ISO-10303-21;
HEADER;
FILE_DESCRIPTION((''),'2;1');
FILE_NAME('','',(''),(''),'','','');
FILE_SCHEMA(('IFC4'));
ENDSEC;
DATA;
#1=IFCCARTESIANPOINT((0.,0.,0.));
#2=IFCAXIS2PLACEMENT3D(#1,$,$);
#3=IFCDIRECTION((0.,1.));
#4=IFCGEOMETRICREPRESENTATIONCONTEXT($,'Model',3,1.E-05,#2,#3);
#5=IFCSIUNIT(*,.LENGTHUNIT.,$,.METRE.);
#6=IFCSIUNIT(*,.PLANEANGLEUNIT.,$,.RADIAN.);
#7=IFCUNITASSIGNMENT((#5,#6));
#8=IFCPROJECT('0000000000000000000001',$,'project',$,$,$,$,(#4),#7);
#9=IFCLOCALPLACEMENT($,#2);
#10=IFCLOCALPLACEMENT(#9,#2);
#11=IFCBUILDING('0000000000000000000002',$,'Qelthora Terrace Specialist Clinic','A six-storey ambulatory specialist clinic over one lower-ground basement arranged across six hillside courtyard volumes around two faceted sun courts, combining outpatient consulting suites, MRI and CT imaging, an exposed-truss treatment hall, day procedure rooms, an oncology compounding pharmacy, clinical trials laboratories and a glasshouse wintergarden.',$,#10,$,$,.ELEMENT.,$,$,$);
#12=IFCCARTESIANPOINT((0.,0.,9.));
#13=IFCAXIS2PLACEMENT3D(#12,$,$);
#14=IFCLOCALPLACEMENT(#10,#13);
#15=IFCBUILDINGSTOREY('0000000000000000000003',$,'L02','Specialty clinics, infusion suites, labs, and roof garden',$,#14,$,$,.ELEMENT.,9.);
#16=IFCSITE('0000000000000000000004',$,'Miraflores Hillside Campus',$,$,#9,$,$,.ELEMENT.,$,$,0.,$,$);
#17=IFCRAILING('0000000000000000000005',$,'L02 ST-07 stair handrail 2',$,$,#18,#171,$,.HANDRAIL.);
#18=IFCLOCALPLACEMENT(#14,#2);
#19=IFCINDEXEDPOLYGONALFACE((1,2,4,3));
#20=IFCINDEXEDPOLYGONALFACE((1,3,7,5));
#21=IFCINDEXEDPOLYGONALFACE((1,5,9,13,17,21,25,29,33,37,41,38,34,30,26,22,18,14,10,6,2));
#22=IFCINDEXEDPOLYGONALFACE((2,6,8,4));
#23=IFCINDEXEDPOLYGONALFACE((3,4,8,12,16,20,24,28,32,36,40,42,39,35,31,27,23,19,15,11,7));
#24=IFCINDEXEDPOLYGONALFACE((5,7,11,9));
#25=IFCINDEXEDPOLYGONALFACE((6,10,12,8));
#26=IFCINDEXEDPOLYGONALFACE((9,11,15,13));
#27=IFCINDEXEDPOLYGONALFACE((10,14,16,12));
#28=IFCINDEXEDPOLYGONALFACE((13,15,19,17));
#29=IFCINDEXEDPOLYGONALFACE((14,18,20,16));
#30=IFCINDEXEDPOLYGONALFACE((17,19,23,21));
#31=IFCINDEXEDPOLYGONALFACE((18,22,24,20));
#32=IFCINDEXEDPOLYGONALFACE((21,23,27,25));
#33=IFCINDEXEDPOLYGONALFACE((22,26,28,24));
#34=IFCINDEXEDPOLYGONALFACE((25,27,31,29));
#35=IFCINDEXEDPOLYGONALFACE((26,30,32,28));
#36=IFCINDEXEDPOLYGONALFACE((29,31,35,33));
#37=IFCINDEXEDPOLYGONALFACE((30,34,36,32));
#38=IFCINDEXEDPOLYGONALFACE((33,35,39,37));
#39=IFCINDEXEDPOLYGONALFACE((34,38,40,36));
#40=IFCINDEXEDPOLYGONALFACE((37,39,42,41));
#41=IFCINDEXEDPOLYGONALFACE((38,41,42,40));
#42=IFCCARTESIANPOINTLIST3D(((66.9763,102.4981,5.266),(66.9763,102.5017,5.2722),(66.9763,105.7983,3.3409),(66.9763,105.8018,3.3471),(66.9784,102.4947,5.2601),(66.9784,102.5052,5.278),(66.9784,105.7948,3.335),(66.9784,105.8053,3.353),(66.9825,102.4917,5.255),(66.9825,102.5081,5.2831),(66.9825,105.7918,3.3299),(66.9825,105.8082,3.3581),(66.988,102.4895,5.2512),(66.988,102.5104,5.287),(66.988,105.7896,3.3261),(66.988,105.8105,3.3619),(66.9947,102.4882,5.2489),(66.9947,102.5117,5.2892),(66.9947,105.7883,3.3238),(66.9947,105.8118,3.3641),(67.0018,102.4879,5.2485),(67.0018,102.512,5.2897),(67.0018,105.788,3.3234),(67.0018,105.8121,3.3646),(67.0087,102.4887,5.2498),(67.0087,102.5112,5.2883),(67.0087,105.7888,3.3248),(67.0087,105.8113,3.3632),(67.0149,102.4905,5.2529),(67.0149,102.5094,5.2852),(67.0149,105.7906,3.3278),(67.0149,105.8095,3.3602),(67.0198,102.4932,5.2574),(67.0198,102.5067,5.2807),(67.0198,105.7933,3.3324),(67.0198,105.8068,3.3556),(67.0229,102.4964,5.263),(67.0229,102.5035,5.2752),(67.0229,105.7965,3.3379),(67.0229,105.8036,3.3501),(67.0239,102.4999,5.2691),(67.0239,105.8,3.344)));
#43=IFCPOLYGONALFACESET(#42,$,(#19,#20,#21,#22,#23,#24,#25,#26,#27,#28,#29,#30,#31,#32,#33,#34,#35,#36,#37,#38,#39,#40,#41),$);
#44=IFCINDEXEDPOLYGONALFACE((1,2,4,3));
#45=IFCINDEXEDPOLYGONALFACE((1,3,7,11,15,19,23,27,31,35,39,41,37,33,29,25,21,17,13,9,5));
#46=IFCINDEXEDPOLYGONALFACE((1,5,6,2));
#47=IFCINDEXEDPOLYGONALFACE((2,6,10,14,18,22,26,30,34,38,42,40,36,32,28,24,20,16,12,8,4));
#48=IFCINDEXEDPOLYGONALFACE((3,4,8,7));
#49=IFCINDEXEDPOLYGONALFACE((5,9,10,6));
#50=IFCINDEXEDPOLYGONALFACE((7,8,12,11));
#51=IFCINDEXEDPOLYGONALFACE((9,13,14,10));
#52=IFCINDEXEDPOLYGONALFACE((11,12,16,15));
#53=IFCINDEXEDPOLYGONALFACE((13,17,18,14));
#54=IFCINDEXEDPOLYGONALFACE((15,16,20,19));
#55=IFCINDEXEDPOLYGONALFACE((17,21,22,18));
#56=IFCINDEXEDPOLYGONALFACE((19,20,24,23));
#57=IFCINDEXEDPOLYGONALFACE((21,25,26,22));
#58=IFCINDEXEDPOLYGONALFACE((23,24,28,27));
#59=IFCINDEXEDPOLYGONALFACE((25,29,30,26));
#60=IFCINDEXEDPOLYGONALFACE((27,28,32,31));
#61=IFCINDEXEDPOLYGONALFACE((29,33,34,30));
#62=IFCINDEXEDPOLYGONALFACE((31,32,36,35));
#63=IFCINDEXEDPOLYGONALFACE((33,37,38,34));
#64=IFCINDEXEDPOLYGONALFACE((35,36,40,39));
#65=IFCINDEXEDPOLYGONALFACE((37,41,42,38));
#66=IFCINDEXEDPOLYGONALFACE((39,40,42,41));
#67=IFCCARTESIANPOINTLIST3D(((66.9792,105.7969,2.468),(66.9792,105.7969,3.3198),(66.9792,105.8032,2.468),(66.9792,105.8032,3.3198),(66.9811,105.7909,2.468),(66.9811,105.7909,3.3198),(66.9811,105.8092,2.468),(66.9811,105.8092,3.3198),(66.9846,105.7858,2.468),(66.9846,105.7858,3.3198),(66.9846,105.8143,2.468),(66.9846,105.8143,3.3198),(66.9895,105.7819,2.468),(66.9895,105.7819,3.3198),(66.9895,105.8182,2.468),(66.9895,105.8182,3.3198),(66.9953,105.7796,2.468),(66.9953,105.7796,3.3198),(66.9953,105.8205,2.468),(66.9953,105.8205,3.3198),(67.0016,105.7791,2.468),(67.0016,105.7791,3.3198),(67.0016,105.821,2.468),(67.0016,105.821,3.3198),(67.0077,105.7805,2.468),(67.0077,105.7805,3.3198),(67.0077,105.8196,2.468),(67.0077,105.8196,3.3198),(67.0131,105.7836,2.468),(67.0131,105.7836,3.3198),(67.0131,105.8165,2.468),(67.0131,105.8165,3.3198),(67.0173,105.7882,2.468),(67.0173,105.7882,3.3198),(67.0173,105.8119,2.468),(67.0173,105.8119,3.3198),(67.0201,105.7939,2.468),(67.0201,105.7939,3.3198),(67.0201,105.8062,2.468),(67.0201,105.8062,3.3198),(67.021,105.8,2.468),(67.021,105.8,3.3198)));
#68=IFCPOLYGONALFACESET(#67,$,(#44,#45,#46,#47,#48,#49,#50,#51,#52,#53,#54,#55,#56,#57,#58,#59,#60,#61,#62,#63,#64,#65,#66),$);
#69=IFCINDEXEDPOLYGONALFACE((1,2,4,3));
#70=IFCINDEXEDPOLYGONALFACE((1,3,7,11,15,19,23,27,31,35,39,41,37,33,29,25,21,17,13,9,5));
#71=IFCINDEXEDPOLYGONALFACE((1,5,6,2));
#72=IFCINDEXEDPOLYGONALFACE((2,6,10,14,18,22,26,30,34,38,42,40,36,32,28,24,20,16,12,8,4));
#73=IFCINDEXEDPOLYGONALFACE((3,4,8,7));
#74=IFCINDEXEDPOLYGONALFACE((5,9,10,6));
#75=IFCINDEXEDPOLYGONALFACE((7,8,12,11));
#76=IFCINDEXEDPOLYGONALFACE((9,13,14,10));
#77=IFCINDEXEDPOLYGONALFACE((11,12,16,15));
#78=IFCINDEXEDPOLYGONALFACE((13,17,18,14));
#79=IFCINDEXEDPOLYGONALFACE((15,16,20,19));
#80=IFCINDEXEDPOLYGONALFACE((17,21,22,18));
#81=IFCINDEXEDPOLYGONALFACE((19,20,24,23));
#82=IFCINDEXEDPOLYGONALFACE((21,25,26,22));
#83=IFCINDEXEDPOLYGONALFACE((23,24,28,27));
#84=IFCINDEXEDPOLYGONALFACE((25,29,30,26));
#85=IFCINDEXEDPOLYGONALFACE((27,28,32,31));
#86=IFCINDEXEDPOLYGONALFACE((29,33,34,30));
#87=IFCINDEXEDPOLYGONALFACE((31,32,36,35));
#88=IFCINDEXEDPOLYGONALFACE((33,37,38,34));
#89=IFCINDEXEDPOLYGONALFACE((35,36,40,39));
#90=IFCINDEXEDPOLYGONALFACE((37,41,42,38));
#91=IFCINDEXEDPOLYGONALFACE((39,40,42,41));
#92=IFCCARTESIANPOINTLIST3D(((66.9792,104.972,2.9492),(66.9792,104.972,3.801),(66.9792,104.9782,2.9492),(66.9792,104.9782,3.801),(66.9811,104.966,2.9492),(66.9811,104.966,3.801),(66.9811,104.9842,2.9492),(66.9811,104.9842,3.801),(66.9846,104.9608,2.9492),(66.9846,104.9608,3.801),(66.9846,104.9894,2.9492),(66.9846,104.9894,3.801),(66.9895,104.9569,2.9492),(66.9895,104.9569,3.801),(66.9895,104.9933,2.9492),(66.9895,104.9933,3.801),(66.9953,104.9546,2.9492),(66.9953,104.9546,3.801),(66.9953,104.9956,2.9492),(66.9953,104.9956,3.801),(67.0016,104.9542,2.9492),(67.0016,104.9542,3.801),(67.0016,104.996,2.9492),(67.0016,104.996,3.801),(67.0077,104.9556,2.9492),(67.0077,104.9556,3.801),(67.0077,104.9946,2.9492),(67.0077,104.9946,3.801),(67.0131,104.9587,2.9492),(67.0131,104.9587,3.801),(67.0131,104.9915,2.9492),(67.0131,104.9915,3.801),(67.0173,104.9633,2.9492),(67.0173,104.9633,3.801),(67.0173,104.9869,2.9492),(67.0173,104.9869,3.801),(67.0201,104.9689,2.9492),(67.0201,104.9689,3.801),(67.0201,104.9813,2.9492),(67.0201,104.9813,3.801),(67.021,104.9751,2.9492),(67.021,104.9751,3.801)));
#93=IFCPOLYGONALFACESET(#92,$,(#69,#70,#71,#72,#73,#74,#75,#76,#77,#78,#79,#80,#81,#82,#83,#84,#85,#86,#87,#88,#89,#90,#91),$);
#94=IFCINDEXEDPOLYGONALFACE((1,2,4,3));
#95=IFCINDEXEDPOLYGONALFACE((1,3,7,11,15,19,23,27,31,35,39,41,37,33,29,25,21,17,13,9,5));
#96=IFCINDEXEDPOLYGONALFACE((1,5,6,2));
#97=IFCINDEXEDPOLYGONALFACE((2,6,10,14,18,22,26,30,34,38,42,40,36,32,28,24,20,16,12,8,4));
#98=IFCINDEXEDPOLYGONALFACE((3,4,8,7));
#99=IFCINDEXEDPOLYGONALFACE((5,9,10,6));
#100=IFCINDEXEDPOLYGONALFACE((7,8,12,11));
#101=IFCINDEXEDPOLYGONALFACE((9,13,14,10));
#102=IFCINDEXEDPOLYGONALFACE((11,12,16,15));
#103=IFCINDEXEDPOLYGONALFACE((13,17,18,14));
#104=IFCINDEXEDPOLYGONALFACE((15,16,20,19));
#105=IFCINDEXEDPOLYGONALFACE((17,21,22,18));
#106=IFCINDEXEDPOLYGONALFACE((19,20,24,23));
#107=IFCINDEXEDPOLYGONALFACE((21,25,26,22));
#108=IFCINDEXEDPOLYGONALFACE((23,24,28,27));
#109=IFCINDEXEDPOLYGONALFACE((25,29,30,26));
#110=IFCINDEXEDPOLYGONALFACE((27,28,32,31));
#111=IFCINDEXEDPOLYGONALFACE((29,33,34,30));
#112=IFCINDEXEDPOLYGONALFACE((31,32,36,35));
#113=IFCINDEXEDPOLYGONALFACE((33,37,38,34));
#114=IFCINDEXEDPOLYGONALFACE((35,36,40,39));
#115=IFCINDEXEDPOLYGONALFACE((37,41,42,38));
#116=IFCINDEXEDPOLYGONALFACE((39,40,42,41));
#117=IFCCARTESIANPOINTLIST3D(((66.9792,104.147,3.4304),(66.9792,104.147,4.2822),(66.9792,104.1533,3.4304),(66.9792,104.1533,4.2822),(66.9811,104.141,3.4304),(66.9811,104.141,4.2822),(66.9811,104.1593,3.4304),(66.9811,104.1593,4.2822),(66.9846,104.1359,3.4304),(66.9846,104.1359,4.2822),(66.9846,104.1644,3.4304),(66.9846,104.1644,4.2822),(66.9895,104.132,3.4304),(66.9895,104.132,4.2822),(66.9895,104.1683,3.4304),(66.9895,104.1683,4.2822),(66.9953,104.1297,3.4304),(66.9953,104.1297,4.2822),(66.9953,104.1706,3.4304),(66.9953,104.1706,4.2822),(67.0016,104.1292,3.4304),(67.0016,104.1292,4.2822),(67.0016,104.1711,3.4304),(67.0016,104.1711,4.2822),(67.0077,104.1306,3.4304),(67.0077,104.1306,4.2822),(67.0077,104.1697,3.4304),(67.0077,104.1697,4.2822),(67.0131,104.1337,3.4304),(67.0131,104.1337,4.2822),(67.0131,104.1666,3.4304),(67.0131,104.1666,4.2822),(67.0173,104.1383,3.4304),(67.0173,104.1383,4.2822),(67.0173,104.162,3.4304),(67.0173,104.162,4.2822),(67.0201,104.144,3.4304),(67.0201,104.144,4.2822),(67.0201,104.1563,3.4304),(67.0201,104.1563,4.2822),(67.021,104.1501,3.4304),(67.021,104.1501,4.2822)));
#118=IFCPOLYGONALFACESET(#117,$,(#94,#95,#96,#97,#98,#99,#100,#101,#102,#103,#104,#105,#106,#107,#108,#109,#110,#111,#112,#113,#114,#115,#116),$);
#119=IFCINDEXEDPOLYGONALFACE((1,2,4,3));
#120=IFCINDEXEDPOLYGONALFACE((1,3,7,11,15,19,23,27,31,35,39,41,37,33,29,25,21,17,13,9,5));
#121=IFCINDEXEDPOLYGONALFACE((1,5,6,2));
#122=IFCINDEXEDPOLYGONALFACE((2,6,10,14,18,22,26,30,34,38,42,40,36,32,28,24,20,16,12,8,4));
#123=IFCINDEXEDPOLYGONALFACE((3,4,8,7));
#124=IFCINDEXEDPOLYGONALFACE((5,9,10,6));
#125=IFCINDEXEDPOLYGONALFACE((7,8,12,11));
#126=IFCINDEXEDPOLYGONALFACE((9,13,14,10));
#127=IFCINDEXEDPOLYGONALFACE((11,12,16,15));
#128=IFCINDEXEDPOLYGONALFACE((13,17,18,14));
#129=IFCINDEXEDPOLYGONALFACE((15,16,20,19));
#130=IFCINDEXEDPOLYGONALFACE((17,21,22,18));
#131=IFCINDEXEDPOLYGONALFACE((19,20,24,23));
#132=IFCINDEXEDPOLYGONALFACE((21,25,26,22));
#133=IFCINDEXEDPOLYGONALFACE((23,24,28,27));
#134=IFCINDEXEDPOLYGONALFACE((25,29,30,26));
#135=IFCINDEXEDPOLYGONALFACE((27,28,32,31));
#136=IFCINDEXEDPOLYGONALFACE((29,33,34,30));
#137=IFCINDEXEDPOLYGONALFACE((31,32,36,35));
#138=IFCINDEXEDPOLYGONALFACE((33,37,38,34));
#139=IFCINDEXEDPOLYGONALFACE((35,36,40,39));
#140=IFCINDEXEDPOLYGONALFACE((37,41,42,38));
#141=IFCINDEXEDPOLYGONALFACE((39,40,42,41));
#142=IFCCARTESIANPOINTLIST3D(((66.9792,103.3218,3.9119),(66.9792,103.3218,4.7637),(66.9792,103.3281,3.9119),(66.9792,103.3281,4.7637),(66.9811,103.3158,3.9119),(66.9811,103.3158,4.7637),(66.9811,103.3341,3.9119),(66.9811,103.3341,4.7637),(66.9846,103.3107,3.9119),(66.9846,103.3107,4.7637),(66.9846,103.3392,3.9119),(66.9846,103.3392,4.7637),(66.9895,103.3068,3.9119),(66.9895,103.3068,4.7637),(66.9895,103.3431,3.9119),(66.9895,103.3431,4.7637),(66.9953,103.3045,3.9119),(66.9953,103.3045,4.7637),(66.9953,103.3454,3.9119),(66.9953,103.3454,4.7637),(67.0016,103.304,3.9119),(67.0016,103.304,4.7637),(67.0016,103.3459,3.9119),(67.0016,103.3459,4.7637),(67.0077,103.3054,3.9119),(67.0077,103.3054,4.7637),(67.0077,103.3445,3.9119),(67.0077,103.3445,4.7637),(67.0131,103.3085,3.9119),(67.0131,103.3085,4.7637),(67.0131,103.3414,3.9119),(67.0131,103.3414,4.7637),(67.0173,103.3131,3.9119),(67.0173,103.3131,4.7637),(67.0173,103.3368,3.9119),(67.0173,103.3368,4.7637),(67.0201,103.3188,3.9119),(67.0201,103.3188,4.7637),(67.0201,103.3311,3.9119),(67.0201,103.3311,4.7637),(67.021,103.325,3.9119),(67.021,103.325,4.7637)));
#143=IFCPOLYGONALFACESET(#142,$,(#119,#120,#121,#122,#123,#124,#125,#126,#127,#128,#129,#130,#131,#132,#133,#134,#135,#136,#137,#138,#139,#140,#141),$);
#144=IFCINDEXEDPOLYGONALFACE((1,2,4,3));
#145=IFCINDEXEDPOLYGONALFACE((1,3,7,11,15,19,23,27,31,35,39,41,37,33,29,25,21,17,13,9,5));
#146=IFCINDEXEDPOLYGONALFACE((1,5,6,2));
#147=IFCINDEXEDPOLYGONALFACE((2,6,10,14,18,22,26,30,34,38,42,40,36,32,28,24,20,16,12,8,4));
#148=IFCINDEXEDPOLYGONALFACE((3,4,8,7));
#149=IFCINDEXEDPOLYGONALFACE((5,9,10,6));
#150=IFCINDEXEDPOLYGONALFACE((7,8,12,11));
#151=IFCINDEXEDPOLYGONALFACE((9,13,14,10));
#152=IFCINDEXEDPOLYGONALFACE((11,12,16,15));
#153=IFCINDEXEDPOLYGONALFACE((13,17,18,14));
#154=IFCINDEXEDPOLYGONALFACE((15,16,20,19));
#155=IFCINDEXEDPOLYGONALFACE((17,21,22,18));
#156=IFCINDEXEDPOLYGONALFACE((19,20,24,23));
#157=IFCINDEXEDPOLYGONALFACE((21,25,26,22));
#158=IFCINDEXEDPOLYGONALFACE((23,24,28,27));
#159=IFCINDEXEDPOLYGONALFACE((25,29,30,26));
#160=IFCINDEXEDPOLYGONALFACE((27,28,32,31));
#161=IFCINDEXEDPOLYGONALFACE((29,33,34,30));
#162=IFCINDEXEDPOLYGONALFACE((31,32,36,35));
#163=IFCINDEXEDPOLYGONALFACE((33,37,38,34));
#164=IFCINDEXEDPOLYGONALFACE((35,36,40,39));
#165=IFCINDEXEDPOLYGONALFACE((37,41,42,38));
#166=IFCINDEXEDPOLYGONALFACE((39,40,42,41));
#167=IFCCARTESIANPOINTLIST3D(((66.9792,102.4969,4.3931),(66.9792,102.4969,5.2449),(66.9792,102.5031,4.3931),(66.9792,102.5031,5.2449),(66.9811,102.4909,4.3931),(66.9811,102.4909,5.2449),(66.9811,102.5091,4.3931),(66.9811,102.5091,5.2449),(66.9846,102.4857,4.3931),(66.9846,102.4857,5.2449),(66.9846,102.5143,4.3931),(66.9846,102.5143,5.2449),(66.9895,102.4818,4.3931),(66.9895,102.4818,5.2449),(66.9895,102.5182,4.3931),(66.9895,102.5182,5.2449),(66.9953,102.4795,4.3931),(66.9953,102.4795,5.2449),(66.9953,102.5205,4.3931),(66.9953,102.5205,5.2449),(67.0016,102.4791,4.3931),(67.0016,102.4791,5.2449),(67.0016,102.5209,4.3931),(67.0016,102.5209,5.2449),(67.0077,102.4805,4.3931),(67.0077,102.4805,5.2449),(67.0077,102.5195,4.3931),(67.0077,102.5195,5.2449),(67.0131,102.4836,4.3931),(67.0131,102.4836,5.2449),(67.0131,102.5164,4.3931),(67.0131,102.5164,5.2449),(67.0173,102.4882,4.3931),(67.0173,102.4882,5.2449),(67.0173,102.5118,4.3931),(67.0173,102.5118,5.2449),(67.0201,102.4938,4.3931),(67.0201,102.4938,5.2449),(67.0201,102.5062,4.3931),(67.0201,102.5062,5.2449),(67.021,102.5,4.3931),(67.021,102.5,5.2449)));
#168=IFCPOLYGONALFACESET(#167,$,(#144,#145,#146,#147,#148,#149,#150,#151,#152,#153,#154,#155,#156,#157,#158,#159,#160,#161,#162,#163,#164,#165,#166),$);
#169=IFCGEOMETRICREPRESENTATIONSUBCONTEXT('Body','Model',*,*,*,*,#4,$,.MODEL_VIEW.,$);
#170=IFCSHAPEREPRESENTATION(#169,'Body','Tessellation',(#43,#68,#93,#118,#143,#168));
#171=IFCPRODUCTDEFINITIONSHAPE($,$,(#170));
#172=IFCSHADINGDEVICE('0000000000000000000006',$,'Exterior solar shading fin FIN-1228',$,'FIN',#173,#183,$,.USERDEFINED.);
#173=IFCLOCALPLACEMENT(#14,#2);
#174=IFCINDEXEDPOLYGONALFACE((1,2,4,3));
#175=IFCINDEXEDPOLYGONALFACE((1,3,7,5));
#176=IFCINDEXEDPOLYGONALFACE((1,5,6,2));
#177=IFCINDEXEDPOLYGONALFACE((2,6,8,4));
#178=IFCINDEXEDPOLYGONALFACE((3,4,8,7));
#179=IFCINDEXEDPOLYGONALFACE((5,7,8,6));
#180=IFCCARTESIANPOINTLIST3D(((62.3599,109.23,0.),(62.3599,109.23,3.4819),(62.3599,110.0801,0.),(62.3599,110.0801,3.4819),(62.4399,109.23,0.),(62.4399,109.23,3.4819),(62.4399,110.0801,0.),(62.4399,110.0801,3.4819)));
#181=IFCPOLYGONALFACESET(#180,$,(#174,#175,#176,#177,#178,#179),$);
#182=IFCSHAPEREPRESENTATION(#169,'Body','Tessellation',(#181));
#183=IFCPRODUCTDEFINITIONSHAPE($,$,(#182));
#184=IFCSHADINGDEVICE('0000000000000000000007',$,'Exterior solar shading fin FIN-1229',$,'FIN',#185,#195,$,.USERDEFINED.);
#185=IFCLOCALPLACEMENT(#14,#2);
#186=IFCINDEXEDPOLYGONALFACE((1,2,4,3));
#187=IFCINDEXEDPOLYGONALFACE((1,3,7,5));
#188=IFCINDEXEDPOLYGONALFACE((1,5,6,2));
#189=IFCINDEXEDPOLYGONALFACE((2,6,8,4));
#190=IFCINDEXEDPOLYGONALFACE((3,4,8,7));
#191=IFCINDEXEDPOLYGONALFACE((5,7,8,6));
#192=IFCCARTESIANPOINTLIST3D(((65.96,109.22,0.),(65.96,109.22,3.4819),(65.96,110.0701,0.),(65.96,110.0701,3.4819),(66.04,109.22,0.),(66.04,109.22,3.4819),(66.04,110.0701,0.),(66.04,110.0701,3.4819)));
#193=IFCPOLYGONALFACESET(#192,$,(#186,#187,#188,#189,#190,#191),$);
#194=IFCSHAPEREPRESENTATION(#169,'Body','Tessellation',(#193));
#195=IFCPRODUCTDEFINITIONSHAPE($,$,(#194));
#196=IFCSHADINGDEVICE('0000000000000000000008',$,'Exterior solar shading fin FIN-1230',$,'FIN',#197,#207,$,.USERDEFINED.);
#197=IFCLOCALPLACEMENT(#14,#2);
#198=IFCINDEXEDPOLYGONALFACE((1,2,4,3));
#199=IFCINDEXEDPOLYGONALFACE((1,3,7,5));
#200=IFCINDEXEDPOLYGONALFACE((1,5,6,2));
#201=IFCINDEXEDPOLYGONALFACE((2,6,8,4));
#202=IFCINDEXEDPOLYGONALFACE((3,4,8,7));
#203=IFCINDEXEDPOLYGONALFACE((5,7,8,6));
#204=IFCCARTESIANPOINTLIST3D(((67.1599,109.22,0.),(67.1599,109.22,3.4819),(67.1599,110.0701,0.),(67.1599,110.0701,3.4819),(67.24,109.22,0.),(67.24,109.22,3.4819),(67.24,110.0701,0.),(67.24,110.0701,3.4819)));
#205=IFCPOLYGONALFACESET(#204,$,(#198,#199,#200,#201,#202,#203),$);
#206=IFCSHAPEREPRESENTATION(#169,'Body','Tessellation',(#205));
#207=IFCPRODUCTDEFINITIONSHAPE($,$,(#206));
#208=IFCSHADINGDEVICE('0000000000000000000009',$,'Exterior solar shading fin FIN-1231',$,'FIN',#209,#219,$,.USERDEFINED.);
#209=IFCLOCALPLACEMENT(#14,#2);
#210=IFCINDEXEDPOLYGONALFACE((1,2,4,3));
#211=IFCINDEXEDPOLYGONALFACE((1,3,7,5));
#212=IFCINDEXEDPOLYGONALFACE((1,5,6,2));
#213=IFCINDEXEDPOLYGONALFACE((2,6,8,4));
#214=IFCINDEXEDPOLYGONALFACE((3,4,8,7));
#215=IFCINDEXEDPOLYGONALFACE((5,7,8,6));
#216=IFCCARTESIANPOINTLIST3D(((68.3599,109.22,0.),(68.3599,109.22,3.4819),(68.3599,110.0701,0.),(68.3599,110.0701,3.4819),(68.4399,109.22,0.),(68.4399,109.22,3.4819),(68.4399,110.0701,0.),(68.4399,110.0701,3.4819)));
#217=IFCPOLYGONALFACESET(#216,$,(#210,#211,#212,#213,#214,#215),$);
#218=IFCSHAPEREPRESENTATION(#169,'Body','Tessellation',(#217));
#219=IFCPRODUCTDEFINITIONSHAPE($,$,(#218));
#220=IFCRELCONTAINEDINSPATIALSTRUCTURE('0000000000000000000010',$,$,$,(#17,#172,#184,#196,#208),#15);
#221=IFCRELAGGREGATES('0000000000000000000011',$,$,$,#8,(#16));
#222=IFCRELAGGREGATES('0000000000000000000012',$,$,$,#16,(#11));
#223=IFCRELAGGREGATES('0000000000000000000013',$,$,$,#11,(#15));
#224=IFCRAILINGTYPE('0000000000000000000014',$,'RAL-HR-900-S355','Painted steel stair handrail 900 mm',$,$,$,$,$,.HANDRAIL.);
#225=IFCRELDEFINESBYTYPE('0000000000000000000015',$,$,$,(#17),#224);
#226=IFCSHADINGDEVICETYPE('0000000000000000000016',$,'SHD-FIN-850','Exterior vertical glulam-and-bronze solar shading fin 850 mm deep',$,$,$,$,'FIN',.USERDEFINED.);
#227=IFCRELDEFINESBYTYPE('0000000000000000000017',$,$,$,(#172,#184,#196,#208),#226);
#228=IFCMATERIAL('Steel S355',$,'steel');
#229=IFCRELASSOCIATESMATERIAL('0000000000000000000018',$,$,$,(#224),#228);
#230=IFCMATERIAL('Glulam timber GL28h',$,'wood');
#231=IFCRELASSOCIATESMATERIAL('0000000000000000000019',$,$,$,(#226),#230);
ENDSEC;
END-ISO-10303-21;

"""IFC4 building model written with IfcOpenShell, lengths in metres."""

from ifc_helpers import new_model, si_unit, direction, frame, origin, origin_2d, place, context, subcontext, project, spatial, rectangle, circle, extrude, material, type_object, element, save


model = new_model("IFC4")

# Units and contexts
model_context = context("Model", 3, precision=1e-05, world=origin(), true_north=direction((0.0, 1.0)))
body_context = subcontext(model_context, "Body", "Model", "MODEL_VIEW")
ifc_project = project(units=[si_unit("LENGTHUNIT", "METRE"), si_unit("PLANEANGLEUNIT", "RADIAN")], contexts=[model_context])

# Site, building, storey
site_placement = place(None, origin())
site = spatial("IfcSite", under=ifc_project, at=site_placement, Name="Miraflores Hillside Campus", CompositionType="ELEMENT", RefElevation=0.0)
building_placement = place(site_placement, origin())
building = spatial("IfcBuilding", under=site, at=building_placement, Name="Qelthora Terrace Specialist Clinic", Description="A six-storey ambulatory specialist clinic over one lower-ground basement arranged across six hillside courtyard volumes around two faceted sun courts, combining outpatient consulting suites, MRI and CT imaging, an exposed-truss treatment hall, day procedure rooms, an oncology compounding pharmacy, clinical trials laboratories and a glasshouse wintergarden.", CompositionType="ELEMENT")
storey_placement = place(building_placement, frame((0.0, 0.0, 9.0)))
storey = spatial("IfcBuildingStorey", under=building, at=storey_placement, Name="L02", Description="Specialty clinics, infusion suites, labs, and roof garden", CompositionType="ELEMENT", Elevation=9.0)

# Shared definitions
ifc_material_1 = material(Name="Steel S355", Category="steel")

# Railing
railing_type_1 = type_object("IfcRailingType", Name="RAL-HR-900-S355", Description="Painted steel stair handrail 900 mm", PredefinedType="HANDRAIL", material=ifc_material_1)
railing_1_placement = place(storey_placement, frame((67.0, 105.8, 2.468)))
element("IfcRailing", 1, at=railing_1_placement, inside=storey, type_object=railing_type_1, Name="L02 ST-07 stair handrail 2", PredefinedType="HANDRAIL", context=body_context, shape_type="SweptSolid", body=[
    extrude(circle(Radius=0.0239, at=origin_2d()), frame((0.0, 0.0, 0.876), z_axis=(0.0, -0.863777, 0.503875), x_axis=(1.0, 0.0, 0.0)), (0.0, 0.0, 1.0), 3.8206),
    extrude(circle(Radius=0.021, at=origin_2d()), origin(), (0.0, 0.0, 1.0), 0.8518),
    extrude(circle(Radius=0.021, at=origin_2d()), frame((0.0, -0.825, 0.4812)), (0.0, 0.0, 1.0), 0.8518),
    extrude(circle(Radius=0.021, at=origin_2d()), frame((0.0, -1.6499, 0.9624)), (0.0, 0.0, 1.0), 0.8518),
    extrude(circle(Radius=0.021, at=origin_2d()), frame((0.0, -2.4751, 1.4438)), (0.0, 0.0, 1.0), 0.8518),
    extrude(circle(Radius=0.021, at=origin_2d()), frame((0.0, -3.3, 1.925)), (0.0, 0.0, 1.0), 0.8518),
])

# Shading devices
ifc_material_2 = material(Name="Glulam timber GL28h", Category="wood")
shading_device_type = type_object("IfcShadingDeviceType", Name="SHD-FIN-850", Description="Exterior vertical glulam-and-bronze solar shading fin 850 mm deep", ElementType="FIN", PredefinedType="USERDEFINED", material=ifc_material_2)
for number, where, z_axis, x_axis, name in (
    (2, (62.3999, 109.655, 0.0), (0.0, 0.0, 1.0), (0.0, 1.0, 0.0), "Exterior solar shading fin FIN-1228"),
    (3, (66.0, 109.645, 0.0), (0.0, 0.0, 1.0), (0.0, 1.0, 0.0), "Exterior solar shading fin FIN-1229"),
    (4, (67.2, 109.645, 0.0), (0.0, 0.0, 1.0), (0.0, 1.0, 0.0), "Exterior solar shading fin FIN-1230"),
    (5, (68.3999, 109.645, 0.0), (0.0, 0.0, 1.0), (0.0, 1.0, 0.0), "Exterior solar shading fin FIN-1231"),
):
    element("IfcShadingDevice", number, at=place(storey_placement, frame(where, z_axis=z_axis, x_axis=x_axis)), inside=storey, type_object=shading_device_type, Name=name, ObjectType="FIN", PredefinedType="USERDEFINED", context=body_context, shape_type="SweptSolid", body=[
        extrude(rectangle(XDim=0.8501, YDim=0.0801, at=origin_2d()), origin(), (0.0, 0.0, 1.0), 3.4819),
    ])

save(model, "model.ifc")
